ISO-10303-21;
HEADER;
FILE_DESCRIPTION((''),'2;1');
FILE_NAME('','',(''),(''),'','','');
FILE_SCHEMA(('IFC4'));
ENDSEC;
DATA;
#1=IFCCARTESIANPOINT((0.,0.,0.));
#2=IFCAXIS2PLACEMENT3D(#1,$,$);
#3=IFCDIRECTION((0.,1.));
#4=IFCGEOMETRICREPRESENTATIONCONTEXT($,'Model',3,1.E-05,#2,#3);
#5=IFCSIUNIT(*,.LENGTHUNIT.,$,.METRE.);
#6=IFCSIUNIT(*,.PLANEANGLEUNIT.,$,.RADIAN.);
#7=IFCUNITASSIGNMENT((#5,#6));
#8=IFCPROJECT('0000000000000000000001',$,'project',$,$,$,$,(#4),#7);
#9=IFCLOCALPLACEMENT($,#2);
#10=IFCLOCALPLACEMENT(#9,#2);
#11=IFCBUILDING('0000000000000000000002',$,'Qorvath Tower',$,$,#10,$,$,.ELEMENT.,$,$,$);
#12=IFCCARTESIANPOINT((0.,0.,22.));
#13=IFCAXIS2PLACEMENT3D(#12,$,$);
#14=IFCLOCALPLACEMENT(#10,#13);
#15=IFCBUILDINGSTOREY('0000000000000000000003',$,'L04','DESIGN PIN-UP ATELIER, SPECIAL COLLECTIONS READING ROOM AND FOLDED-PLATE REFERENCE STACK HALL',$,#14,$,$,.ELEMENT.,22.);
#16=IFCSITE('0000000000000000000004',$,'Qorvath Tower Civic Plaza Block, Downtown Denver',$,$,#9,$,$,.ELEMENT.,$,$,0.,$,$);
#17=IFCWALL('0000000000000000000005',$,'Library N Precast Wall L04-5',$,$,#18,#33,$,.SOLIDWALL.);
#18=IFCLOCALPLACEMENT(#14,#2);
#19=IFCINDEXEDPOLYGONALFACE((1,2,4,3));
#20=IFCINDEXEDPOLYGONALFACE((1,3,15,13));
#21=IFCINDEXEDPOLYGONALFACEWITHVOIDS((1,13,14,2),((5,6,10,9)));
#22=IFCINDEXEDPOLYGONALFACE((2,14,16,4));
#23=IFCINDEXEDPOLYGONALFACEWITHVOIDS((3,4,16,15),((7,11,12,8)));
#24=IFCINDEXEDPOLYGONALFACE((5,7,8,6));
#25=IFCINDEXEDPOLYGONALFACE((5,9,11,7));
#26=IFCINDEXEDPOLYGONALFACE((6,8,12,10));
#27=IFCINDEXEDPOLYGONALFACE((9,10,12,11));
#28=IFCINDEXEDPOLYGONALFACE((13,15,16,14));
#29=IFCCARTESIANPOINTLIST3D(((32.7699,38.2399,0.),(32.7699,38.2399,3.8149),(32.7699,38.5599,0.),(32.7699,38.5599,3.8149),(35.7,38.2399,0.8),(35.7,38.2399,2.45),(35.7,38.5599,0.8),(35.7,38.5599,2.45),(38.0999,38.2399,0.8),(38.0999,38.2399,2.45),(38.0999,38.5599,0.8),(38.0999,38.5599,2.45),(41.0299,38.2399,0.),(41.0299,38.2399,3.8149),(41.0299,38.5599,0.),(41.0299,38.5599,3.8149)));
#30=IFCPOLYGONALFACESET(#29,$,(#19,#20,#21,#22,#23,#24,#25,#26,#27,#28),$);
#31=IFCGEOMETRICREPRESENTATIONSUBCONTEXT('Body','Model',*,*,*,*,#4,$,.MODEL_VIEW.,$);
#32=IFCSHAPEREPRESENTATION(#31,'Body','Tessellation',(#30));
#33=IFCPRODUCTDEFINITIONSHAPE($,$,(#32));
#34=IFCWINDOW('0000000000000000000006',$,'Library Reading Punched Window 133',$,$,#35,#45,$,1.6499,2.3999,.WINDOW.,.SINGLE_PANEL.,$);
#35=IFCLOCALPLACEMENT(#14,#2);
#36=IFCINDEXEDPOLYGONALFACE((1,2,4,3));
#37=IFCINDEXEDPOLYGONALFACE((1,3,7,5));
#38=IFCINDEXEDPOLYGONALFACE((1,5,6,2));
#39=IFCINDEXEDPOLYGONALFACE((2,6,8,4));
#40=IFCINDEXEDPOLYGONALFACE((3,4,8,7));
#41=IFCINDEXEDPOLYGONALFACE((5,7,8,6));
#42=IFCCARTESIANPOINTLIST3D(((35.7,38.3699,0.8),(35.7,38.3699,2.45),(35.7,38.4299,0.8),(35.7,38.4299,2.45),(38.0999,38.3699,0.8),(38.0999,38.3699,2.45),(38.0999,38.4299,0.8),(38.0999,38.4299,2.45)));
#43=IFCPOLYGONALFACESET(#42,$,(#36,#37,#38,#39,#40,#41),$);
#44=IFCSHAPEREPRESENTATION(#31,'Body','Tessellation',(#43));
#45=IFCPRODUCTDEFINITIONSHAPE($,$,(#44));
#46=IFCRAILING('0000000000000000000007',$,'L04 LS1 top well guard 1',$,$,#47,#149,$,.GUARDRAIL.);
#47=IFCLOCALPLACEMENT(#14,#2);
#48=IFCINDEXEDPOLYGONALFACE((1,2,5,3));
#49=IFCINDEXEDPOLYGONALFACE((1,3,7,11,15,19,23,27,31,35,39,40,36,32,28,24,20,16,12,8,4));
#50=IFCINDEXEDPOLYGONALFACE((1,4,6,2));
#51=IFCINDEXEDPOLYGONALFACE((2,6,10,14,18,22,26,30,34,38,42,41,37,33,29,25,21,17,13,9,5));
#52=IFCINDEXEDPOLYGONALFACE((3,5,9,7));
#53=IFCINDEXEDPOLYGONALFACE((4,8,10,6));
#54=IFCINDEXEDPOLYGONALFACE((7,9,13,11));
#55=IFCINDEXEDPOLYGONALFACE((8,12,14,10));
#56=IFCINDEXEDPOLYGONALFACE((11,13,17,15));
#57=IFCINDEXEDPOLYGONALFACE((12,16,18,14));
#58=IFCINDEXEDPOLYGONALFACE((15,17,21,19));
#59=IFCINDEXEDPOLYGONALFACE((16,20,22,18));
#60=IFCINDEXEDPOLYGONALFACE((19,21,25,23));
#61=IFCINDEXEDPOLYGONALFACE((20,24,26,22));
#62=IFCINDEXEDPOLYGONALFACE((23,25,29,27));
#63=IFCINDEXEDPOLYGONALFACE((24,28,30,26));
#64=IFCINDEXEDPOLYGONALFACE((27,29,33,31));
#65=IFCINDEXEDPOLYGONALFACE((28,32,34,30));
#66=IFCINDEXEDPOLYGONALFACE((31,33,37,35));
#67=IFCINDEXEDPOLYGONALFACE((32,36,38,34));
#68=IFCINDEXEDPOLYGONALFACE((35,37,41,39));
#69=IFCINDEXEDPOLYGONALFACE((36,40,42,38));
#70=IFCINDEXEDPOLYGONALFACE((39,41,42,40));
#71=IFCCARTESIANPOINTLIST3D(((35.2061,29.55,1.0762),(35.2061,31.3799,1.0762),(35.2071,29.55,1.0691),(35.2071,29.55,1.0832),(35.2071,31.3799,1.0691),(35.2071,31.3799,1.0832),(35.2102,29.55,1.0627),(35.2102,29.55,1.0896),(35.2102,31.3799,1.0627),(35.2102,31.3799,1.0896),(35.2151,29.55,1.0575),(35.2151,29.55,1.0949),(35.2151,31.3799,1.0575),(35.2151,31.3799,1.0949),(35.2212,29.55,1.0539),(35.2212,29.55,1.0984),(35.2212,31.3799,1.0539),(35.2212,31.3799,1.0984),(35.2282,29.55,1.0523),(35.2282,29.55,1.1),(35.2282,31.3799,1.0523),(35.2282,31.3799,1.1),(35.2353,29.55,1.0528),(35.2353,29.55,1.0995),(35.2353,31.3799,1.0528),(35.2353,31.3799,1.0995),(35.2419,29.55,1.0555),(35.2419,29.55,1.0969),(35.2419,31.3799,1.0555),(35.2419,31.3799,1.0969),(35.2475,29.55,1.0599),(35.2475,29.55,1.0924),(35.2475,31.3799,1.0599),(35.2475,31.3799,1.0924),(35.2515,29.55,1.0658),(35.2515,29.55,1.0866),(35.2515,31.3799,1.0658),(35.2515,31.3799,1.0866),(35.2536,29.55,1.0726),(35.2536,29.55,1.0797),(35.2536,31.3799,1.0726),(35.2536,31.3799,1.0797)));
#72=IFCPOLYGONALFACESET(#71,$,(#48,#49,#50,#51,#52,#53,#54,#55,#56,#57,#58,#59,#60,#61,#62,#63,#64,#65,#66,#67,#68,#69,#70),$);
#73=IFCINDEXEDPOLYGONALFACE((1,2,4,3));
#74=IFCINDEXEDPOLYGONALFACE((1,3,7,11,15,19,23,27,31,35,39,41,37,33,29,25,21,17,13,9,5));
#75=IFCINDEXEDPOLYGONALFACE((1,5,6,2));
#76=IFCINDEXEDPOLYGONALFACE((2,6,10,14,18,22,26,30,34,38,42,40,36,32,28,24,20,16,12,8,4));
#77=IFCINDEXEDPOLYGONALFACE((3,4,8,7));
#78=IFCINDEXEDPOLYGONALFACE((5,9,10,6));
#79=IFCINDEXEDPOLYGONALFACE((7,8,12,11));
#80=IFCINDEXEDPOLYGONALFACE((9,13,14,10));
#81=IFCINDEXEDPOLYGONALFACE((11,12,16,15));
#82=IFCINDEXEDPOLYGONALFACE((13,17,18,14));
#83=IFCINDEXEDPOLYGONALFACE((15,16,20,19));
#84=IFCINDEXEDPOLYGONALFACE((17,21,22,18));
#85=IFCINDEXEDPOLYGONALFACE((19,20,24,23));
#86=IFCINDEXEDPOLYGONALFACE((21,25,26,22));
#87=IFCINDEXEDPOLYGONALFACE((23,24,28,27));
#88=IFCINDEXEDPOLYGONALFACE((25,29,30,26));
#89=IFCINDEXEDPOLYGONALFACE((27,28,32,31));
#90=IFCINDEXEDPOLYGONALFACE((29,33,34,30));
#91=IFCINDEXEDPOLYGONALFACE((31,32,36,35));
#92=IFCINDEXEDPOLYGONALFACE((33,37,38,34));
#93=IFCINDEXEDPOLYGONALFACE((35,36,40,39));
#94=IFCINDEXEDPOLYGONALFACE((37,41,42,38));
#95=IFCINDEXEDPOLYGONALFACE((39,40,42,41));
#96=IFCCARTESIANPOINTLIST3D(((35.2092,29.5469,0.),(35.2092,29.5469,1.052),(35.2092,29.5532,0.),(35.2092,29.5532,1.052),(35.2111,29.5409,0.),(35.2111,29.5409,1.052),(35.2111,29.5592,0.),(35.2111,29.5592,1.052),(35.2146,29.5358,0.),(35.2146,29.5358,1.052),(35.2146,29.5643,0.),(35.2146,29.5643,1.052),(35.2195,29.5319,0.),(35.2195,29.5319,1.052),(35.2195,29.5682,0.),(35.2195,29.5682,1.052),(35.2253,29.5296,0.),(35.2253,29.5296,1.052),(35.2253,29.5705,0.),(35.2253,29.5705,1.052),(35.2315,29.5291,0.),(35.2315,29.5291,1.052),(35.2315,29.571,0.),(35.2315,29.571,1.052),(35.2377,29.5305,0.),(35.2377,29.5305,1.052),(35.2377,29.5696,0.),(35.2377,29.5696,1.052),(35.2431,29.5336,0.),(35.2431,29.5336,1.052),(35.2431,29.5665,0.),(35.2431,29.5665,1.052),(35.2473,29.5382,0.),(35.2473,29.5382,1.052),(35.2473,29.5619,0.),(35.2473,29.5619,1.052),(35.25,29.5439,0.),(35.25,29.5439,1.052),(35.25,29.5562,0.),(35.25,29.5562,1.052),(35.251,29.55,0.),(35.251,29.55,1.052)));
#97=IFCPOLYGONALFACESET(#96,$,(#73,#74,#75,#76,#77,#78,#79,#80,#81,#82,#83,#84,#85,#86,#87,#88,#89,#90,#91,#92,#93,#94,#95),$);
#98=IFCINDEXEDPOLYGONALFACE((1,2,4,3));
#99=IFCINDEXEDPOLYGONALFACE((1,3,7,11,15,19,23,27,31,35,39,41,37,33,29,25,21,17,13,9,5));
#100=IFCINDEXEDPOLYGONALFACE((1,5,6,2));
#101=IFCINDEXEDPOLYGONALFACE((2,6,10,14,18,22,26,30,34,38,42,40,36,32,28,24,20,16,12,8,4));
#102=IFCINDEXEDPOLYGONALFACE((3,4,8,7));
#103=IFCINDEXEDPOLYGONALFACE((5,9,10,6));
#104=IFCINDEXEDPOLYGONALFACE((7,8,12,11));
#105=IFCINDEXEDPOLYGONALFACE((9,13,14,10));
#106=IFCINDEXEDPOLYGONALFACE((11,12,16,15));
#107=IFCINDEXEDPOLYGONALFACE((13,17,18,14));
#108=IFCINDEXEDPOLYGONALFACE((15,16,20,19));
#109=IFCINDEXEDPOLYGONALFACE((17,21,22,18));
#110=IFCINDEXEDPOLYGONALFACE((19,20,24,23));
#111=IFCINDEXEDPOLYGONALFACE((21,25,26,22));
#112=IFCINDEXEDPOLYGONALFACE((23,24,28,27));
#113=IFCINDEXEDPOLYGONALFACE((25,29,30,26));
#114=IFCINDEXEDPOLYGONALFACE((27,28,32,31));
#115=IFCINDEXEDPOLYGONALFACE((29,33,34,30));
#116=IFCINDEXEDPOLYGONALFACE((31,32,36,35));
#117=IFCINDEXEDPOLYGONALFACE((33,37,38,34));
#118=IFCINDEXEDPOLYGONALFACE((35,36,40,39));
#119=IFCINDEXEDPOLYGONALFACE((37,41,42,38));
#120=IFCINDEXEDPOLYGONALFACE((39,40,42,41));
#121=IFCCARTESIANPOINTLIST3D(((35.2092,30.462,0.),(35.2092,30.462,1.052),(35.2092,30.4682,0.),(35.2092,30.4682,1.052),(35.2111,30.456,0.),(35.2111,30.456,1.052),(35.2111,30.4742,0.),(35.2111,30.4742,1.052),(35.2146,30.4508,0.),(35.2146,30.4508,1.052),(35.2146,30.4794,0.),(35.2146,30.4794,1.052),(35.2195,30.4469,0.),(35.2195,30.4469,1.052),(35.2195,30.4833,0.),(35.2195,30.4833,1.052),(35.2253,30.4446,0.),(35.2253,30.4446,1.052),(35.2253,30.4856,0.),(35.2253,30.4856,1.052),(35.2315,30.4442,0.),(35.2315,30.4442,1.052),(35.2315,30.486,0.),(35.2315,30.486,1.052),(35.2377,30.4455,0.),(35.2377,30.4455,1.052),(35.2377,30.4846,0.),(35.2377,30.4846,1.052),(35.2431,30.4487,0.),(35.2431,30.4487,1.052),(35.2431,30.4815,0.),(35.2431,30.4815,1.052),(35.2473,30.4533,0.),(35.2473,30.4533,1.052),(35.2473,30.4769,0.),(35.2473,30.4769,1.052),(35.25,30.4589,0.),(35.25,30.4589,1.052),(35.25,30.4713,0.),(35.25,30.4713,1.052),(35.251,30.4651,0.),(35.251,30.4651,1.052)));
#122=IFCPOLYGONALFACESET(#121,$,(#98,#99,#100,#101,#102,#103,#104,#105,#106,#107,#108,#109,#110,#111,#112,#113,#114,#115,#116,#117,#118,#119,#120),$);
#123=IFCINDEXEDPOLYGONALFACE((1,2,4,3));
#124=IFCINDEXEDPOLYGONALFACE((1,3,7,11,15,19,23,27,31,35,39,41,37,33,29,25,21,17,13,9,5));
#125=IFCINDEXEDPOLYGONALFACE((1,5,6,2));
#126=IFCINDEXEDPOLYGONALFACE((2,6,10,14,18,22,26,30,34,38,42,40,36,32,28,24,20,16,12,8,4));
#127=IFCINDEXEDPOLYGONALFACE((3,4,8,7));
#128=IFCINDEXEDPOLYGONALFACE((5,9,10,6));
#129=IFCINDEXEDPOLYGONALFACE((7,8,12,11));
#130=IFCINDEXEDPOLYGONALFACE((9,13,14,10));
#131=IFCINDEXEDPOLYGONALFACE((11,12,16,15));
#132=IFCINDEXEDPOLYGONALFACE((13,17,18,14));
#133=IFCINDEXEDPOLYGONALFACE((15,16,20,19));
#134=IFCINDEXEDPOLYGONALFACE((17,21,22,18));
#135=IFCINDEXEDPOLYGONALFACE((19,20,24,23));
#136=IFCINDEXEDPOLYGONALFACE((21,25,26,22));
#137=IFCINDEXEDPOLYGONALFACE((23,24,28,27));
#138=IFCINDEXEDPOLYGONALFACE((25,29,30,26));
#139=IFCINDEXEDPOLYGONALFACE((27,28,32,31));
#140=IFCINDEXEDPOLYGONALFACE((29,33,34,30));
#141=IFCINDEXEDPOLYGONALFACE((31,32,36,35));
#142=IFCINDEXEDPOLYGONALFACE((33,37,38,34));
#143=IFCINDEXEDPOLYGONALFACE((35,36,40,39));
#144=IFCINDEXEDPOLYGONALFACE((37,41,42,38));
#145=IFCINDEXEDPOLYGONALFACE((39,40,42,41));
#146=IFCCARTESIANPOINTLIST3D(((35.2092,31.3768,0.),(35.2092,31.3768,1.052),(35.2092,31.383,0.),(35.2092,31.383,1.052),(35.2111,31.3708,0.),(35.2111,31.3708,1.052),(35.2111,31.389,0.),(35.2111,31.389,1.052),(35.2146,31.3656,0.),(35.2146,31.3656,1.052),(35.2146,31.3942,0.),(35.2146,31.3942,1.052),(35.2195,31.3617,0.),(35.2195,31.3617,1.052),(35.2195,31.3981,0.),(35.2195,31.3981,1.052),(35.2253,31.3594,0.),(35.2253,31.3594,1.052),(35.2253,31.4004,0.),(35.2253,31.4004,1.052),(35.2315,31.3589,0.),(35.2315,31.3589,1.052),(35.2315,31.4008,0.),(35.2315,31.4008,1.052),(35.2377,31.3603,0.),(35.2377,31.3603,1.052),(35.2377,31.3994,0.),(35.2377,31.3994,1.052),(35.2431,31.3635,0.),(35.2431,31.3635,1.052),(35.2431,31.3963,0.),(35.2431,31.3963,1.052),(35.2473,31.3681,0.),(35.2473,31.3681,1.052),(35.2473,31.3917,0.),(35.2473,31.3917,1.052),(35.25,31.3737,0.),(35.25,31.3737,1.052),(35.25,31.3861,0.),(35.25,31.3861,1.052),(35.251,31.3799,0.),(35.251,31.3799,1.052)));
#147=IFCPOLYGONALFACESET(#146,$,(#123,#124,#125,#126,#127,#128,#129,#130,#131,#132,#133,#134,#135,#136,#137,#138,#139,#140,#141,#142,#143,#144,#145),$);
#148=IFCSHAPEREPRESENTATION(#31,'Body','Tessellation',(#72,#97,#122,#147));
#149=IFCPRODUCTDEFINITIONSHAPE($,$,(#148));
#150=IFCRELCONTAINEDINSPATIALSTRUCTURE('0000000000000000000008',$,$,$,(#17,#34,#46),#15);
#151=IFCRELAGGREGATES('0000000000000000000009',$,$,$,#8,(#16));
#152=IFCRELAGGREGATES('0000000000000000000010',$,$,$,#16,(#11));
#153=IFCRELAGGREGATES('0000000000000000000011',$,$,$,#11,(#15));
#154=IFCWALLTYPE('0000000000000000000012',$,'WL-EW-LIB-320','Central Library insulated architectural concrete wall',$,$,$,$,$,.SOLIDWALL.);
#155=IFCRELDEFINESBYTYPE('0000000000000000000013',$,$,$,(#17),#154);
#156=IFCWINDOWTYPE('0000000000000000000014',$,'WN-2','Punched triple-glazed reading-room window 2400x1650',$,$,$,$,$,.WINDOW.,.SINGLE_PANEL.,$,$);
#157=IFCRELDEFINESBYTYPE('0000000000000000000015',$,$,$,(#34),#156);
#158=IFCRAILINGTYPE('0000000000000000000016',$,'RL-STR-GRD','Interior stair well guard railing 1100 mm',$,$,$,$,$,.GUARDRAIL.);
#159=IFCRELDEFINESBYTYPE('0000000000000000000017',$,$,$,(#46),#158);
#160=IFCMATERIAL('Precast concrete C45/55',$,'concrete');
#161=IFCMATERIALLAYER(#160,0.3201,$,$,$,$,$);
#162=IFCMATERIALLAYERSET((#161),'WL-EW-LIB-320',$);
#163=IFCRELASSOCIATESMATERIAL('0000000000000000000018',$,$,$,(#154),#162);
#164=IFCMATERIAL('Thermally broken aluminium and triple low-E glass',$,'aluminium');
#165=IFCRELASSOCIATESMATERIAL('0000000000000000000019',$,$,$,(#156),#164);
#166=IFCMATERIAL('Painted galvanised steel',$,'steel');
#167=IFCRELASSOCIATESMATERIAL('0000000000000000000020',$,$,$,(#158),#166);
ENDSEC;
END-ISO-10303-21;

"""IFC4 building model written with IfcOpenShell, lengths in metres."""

from ifc_helpers import new_model, si_unit, direction, frame, frame_2d, origin, origin_2d, place, context, subcontext, project, spatial, rectangle, circle, extrude, material, layer, layer_set, type_object, element, fill, save


model = new_model("IFC4")

# Units and contexts
model_context = context("Model", 3, precision=1e-05, world=origin(), true_north=direction((0.0, 1.0)))
body_context = subcontext(model_context, "Body", "Model", "MODEL_VIEW")
ifc_project = project(units=[si_unit("LENGTHUNIT", "METRE"), si_unit("PLANEANGLEUNIT", "RADIAN")], contexts=[model_context])

# Site, building, storey
site_placement = place(None, origin())
site = spatial("IfcSite", under=ifc_project, at=site_placement, Name="Qorvath Tower Civic Plaza Block, Downtown Denver", CompositionType="ELEMENT", RefElevation=0.0)
building_placement = place(site_placement, origin())
building = spatial("IfcBuilding", under=site, at=building_placement, Name="Qorvath Tower", CompositionType="ELEMENT")
storey_placement = place(building_placement, frame((0.0, 0.0, 22.0)))
storey = spatial("IfcBuildingStorey", under=building, at=storey_placement, Name="L04", Description="DESIGN PIN-UP ATELIER, SPECIAL COLLECTIONS READING ROOM AND FOLDED-PLATE REFERENCE STACK HALL", CompositionType="ELEMENT", Elevation=22.0)

# Wall, opening, window
ifc_material_1 = material(Name="Precast concrete C45/55", Category="concrete")
ifc_layer_1 = layer(ifc_material_1, 0.3201)
ifc_layer_set_1 = layer_set([ifc_layer_1], Name="WL-EW-LIB-320")
wall_type_1 = type_object("IfcWallType", Name="WL-EW-LIB-320", Description="Central Library insulated architectural concrete wall", PredefinedType="SOLIDWALL", material=ifc_layer_set_1)
ifc_material_2 = material(Name="Thermally broken aluminium and triple low-E glass", Category="aluminium")
window_type = type_object("IfcWindowType", Name="WN-2", Description="Punched triple-glazed reading-room window 2400x1650", PartitioningType="SINGLE_PANEL", PredefinedType="WINDOW", material=ifc_material_2)
wall_1_placement = place(storey_placement, frame((32.77, 38.3999, 0.0), z_axis=(0.0, 0.0, 1.0), x_axis=(1.0, 0.0, 0.0)))
wall_1 = element("IfcWall", 1, at=wall_1_placement, inside=storey, type_object=wall_type_1, Name="Library N Precast Wall L04-5", PredefinedType="SOLIDWALL", context=body_context, shape_type="SweptSolid", body=[
    extrude(rectangle(XDim=8.26, YDim=0.3201, at=frame_2d((4.1299, 0.0))), origin(), (0.0, 0.0, 1.0), 3.8149),
])
opening_1_placement = place(wall_1_placement, frame((2.9299, 0.0, 0.8)))
opening_1 = element("IfcOpeningElement", 2, at=opening_1_placement, cuts=wall_1, PredefinedType="OPENING", context=body_context, shape_type="SweptSolid", body=[
    extrude(rectangle(XDim=2.3999, YDim=1.6499, at=frame_2d((1.2, 0.825))), frame((0.0, 0.1699, 0.0), z_axis=(0.0, -1.0, 0.0), x_axis=(1.0, 0.0, 0.0)), (0.0, 0.0, 1.0), 0.3401),
])
window_1_placement = place(opening_1_placement, origin())
window_1 = element("IfcWindow", 3, at=window_1_placement, inside=storey, type_object=window_type, Name="Library Reading Punched Window 133", OverallHeight=1.6499, OverallWidth=2.3999, PartitioningType="SINGLE_PANEL", PredefinedType="WINDOW", context=body_context, shape_type="SweptSolid", body=[
    extrude(rectangle(XDim=2.3999, YDim=1.6499, at=frame_2d((1.2, 0.825))), frame((0.0, 0.03, 0.0), z_axis=(0.0, -1.0, 0.0), x_axis=(1.0, 0.0, 0.0)), (0.0, 0.0, 1.0), 0.0601),
])
fill(opening_1, window_1)

# Railing
ifc_material_3 = material(Name="Painted galvanised steel", Category="steel")
railing_type = type_object("IfcRailingType", Name="RL-STR-GRD", Description="Interior stair well guard railing 1100 mm", PredefinedType="GUARDRAIL", material=ifc_material_3)
railing_placement = place(storey_placement, frame((35.23, 29.55, 0.0)))
element("IfcRailing", 4, at=railing_placement, inside=storey, type_object=railing_type, Name="L04 LS1 top well guard 1", PredefinedType="GUARDRAIL", context=body_context, shape_type="SweptSolid", body=[
    extrude(circle(Radius=0.0239, at=origin_2d()), frame((0.0, 0.0, 1.0762), z_axis=(0.0, 1.0, 0.0), x_axis=(-1.0, 0.0, 0.0)), (0.0, 0.0, 1.0), 1.8298),
    extrude(circle(Radius=0.021, at=origin_2d()), origin(), (0.0, 0.0, 1.0), 1.052),
    extrude(circle(Radius=0.021, at=origin_2d()), frame((0.0, 0.915, 0.0)), (0.0, 0.0, 1.0), 1.052),
    extrude(circle(Radius=0.021, at=origin_2d()), frame((0.0, 1.8298, 0.0)), (0.0, 0.0, 1.0), 1.052),
])

save(model, "model.ifc")
